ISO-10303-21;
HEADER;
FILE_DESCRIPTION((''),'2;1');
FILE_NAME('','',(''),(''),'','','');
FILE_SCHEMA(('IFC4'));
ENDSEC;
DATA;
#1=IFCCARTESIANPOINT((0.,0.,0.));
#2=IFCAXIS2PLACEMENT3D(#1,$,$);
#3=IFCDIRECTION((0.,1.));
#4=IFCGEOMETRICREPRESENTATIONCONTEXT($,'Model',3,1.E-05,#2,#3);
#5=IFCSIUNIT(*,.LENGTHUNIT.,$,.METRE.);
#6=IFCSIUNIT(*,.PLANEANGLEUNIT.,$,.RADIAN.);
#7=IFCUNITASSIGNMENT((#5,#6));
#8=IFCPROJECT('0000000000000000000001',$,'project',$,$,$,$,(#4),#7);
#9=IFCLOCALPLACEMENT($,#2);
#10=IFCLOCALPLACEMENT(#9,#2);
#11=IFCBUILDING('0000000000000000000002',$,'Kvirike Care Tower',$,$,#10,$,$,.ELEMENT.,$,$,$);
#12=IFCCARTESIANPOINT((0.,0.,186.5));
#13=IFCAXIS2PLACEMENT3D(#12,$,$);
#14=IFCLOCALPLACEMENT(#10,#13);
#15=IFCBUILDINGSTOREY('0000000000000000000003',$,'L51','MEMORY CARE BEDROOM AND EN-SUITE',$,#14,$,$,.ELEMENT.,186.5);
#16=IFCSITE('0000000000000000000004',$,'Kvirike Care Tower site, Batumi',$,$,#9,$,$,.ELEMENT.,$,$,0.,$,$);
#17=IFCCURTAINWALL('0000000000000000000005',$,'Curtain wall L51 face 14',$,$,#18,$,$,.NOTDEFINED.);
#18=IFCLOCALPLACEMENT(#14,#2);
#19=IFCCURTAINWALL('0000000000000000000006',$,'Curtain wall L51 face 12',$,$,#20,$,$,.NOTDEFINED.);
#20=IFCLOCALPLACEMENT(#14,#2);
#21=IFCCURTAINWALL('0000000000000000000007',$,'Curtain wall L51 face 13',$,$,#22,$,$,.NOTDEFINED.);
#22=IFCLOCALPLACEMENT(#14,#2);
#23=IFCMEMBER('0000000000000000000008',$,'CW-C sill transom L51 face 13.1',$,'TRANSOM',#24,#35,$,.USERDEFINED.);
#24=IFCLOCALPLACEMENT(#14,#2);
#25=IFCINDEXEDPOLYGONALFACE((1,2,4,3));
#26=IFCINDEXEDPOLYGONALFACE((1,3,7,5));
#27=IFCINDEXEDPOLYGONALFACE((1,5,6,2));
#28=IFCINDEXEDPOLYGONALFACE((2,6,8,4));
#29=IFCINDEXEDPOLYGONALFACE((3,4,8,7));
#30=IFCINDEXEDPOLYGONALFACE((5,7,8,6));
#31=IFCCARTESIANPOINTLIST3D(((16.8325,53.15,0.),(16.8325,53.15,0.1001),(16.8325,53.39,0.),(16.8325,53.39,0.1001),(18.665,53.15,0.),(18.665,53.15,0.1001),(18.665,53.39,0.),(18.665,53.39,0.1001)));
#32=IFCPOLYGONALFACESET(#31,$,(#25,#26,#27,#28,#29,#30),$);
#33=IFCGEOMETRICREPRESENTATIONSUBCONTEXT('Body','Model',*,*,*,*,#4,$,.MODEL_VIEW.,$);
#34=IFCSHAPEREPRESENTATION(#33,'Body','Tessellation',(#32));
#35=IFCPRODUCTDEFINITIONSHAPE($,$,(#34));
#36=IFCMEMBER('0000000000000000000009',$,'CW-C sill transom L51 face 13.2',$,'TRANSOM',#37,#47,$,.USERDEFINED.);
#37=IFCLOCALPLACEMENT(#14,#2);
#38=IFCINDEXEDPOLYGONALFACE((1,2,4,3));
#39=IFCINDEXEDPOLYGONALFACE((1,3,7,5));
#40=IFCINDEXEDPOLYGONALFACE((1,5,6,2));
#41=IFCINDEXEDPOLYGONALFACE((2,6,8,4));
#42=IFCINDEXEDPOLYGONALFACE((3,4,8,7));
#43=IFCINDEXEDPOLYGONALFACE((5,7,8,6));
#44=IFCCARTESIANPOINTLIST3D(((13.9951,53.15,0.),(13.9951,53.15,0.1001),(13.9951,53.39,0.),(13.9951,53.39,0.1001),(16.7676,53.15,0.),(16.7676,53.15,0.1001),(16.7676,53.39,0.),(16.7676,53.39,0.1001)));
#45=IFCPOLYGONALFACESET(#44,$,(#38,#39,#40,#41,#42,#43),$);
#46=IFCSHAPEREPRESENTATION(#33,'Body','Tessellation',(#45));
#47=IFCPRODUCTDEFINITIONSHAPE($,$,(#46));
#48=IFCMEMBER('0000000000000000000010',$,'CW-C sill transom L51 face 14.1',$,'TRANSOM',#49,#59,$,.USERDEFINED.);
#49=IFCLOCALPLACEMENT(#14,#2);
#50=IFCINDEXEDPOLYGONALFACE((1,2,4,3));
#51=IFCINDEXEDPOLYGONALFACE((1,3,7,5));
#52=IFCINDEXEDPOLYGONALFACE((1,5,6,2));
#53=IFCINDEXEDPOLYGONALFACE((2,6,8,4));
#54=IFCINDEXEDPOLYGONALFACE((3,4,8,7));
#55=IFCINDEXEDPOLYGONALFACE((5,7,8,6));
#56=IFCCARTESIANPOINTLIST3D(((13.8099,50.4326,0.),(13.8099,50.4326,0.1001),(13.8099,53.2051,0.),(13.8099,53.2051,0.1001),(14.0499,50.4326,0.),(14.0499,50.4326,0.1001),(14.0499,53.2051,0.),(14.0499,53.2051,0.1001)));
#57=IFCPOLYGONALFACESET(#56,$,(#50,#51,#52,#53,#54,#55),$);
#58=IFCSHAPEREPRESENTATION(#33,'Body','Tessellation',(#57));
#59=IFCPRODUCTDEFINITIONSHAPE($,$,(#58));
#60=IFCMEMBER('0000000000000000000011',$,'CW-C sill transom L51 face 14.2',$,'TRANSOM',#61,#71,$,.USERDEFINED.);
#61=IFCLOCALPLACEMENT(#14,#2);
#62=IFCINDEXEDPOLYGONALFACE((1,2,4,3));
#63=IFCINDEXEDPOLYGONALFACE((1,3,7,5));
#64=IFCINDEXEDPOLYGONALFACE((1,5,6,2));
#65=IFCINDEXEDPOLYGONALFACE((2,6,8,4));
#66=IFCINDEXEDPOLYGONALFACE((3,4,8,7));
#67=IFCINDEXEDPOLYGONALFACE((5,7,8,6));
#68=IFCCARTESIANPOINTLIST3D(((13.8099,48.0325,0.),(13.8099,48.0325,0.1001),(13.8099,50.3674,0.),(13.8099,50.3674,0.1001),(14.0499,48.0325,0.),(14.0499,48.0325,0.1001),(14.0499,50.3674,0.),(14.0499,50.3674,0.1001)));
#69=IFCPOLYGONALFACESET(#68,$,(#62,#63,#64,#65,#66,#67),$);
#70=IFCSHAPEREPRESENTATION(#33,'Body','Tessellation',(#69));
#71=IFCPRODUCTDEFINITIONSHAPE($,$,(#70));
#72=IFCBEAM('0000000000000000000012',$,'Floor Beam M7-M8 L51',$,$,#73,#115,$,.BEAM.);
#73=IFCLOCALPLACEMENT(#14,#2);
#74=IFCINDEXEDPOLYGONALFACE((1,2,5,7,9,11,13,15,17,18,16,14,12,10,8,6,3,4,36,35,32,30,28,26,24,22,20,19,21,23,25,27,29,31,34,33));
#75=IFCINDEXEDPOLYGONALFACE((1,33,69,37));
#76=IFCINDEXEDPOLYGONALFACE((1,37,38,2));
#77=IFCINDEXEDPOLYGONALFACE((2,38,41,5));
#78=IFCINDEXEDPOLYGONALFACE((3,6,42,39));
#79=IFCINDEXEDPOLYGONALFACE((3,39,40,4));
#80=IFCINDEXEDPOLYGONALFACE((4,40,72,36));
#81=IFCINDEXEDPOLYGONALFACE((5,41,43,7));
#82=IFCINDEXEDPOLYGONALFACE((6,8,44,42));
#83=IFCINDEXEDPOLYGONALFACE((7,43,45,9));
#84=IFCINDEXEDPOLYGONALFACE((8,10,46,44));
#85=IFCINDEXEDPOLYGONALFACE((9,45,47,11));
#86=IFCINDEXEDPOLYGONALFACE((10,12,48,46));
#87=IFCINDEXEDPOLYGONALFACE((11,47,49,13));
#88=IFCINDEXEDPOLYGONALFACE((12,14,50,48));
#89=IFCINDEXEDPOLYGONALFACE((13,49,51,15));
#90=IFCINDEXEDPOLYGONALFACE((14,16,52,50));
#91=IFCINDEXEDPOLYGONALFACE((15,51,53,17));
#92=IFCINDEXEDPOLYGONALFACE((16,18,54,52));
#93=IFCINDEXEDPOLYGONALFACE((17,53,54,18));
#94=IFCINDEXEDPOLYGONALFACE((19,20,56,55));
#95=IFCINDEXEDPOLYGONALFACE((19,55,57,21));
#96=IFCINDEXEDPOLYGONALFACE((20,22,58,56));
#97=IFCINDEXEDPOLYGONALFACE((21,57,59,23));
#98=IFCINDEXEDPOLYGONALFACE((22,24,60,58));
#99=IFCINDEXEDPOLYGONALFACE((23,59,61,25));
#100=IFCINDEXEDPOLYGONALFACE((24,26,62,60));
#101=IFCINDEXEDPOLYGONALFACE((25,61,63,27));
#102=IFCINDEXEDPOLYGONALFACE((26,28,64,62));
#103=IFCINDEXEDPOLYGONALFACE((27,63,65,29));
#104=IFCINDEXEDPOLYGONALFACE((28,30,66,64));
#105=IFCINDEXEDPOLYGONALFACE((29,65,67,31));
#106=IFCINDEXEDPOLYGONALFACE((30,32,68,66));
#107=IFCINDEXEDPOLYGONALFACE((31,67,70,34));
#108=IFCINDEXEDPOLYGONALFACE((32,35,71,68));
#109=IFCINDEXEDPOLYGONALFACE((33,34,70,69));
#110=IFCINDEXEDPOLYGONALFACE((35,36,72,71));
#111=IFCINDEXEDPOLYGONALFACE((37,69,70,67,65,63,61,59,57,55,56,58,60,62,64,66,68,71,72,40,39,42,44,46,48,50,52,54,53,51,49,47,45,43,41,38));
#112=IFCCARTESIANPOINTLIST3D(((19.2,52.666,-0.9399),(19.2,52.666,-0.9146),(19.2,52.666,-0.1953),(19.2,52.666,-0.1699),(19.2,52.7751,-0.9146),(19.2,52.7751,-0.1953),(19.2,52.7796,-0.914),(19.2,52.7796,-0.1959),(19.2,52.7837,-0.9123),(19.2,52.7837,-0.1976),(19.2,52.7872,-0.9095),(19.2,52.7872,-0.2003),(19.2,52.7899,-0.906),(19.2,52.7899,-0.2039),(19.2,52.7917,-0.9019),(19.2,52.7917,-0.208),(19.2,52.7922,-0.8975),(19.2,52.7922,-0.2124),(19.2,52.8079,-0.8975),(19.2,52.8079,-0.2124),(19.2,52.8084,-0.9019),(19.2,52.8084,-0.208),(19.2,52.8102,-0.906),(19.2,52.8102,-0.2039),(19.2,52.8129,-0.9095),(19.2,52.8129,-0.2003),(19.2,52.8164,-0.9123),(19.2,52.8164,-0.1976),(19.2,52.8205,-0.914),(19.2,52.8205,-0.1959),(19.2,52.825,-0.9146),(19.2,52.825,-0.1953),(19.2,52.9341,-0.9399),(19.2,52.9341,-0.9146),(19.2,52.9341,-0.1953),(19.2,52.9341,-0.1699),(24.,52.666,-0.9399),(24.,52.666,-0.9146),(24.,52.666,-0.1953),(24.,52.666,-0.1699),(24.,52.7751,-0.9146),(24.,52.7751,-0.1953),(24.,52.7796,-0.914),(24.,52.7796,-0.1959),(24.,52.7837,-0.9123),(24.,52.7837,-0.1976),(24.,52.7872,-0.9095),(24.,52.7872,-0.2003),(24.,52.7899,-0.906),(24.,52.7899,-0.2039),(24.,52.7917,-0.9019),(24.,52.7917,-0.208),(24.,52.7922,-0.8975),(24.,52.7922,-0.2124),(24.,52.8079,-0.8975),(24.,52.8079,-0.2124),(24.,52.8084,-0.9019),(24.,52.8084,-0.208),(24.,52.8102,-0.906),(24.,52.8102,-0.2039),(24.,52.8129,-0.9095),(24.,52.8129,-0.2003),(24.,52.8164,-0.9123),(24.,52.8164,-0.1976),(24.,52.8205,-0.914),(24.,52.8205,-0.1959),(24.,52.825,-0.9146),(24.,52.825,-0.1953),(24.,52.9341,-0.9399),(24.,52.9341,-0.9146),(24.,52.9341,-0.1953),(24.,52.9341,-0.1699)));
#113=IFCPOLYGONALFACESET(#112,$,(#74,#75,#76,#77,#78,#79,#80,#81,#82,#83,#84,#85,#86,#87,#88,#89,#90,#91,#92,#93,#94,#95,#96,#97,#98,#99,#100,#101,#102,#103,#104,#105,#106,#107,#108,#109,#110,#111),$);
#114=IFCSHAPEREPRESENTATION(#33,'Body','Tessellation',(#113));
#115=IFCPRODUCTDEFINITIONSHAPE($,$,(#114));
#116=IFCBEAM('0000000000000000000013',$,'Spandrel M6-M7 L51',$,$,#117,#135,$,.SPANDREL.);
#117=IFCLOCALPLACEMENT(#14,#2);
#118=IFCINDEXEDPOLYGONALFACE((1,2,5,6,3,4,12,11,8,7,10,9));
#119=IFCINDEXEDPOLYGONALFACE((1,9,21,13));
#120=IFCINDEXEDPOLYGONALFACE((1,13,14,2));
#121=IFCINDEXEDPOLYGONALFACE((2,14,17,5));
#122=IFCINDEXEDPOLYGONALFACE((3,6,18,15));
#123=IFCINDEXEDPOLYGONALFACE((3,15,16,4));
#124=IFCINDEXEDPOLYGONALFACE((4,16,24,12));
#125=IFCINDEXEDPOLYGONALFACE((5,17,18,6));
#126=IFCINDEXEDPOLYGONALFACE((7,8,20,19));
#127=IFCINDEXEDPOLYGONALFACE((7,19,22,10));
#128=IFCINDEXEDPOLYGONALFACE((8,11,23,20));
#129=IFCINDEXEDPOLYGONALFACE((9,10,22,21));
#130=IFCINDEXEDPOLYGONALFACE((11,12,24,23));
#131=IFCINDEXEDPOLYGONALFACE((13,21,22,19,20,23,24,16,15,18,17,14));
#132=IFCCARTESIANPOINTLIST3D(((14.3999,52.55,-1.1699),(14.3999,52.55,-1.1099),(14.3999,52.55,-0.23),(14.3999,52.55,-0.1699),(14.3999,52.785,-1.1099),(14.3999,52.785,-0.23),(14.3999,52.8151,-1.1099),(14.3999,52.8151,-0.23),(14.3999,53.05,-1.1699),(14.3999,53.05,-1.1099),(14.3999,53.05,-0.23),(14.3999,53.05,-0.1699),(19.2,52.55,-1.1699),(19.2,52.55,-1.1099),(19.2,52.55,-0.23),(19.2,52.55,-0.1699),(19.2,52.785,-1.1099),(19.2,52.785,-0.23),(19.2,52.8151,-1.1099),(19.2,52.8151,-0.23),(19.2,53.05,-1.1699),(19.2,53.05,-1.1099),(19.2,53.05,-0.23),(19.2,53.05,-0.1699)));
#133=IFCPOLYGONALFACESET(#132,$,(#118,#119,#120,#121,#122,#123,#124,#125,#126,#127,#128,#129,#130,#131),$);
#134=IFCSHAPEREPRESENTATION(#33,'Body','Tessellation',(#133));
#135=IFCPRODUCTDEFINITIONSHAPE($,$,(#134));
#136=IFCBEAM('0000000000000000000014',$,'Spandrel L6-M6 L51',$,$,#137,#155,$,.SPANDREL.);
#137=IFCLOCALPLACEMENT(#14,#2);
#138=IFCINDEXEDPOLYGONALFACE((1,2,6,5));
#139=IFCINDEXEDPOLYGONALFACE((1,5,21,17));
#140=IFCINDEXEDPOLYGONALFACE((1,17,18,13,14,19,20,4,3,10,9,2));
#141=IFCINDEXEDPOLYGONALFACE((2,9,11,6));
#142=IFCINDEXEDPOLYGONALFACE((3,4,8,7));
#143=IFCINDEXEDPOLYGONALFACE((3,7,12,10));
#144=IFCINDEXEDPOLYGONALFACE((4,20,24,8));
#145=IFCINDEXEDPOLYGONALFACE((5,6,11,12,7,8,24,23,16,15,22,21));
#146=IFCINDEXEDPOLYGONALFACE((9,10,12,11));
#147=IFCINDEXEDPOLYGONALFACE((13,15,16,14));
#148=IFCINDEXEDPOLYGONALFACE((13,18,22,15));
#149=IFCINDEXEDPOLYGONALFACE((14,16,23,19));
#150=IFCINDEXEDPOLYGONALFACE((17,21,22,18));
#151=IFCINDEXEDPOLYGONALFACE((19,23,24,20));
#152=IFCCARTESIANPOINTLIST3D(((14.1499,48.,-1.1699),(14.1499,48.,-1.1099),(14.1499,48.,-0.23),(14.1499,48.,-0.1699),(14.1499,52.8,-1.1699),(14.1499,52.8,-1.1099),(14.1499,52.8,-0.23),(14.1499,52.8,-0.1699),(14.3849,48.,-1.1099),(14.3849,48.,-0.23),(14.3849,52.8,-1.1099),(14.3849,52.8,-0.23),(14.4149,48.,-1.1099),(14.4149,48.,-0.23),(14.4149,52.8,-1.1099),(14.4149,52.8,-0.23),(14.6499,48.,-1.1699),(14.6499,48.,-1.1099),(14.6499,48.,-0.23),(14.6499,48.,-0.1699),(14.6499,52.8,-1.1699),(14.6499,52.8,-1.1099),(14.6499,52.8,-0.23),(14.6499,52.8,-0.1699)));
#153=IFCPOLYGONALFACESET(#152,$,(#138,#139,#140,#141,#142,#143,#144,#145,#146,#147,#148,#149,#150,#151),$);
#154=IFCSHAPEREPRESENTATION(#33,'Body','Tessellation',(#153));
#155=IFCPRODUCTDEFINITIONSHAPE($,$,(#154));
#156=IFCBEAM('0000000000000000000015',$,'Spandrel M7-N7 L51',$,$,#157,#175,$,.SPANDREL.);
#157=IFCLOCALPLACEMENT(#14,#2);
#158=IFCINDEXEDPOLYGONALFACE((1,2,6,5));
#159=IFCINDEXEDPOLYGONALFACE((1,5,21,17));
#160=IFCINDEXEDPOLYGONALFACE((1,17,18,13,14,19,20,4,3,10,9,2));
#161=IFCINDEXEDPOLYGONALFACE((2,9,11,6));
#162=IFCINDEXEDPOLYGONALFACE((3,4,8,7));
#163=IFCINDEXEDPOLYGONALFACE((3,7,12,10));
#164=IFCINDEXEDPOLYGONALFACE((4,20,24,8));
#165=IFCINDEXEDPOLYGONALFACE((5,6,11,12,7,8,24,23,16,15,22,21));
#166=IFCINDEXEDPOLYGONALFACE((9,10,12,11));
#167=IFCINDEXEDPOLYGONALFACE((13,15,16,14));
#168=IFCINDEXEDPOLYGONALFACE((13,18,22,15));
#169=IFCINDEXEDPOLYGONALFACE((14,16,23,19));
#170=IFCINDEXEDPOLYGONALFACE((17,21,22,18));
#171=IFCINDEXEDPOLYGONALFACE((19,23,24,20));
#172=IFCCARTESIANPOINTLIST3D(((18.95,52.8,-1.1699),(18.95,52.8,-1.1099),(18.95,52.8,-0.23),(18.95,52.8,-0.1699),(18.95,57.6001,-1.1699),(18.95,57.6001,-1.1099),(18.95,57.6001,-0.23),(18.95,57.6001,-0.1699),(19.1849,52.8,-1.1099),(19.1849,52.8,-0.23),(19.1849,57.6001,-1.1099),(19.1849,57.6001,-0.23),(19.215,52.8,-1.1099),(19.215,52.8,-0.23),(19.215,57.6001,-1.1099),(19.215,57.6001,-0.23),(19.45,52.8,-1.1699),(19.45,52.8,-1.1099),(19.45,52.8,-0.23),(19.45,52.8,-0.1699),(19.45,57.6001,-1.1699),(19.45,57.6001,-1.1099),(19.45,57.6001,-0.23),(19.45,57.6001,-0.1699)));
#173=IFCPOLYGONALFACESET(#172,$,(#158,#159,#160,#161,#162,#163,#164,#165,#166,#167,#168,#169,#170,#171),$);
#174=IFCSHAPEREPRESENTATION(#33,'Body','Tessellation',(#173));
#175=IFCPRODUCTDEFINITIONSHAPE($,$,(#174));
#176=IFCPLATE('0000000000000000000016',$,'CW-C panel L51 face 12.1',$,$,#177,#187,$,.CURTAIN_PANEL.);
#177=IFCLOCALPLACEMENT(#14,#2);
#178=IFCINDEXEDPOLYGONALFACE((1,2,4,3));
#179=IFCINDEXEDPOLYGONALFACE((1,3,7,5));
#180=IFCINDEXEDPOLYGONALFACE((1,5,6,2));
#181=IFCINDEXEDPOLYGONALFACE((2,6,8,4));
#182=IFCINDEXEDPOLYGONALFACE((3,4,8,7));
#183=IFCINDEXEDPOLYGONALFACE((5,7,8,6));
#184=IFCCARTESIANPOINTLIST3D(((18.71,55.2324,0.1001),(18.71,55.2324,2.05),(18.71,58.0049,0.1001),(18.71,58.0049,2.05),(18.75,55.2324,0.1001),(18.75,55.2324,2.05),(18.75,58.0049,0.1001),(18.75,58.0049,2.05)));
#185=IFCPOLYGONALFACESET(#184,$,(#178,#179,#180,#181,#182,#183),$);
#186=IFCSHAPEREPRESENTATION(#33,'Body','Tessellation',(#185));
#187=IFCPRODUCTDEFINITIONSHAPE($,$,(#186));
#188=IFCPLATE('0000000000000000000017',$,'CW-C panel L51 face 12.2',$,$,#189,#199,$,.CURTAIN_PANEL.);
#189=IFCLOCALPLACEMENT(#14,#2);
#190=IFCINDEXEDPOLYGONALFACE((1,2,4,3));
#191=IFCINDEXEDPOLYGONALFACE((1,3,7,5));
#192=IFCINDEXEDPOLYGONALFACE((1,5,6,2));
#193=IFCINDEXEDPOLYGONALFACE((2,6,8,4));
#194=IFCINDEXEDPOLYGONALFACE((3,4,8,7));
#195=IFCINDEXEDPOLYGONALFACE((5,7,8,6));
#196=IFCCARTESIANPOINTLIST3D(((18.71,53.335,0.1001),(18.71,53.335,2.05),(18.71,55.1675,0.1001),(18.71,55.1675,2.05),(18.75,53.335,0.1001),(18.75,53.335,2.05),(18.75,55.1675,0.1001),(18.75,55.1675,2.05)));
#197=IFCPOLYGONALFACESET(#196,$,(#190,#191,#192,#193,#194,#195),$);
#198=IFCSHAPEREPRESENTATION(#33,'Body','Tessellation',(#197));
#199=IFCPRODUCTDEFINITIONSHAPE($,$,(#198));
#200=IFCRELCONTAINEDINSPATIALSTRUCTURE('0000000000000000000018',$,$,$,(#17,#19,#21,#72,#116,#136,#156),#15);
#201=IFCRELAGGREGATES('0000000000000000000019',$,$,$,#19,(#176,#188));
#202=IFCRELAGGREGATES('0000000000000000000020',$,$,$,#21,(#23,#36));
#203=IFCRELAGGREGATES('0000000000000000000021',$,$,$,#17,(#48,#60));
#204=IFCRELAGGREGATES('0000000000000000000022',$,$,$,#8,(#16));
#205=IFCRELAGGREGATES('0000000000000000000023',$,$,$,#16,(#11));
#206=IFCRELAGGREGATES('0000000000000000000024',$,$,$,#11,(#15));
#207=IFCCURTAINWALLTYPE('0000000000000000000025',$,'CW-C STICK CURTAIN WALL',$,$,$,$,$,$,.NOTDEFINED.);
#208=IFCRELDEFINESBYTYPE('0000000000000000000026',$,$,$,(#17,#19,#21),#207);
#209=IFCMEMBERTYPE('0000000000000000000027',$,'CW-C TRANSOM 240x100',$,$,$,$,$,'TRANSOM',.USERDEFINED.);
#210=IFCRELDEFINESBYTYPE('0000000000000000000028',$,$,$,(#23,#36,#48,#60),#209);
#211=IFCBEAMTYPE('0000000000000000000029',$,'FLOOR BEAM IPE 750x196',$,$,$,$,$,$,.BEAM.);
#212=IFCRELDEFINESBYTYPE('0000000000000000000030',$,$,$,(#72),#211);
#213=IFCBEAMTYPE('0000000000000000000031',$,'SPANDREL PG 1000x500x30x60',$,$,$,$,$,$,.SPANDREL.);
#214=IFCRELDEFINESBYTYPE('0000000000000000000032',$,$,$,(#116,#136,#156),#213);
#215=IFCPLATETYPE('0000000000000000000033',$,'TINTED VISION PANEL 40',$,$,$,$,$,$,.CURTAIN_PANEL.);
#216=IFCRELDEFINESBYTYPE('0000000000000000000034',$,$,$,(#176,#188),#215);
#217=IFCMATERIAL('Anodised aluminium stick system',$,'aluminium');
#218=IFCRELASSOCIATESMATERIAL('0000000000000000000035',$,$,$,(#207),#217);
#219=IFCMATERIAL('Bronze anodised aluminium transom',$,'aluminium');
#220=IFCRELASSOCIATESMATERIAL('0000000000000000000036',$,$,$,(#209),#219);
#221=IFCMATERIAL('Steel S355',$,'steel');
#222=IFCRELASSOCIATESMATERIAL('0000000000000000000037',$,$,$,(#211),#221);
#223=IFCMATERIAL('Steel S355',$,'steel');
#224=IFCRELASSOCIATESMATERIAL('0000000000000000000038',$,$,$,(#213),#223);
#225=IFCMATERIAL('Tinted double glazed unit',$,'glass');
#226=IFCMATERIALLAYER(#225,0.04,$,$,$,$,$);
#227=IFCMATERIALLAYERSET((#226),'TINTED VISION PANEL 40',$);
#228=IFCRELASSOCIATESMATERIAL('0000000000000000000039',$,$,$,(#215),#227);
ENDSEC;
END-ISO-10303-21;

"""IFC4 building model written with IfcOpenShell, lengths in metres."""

from ifc_helpers import new_model, si_unit, direction, frame, origin, origin_2d, place, context, subcontext, project, spatial, rectangle, i_section, extrude, material, layer, layer_set, material_profile, profile_set, type_object, element, aggregate, save


model = new_model("IFC4")

# Units and contexts
model_context = context("Model", 3, precision=1e-05, world=origin(), true_north=direction((0.0, 1.0)))
body_context = subcontext(model_context, "Body", "Model", "MODEL_VIEW")
ifc_project = project(units=[si_unit("LENGTHUNIT", "METRE"), si_unit("PLANEANGLEUNIT", "RADIAN")], contexts=[model_context])

# Site, building, storey
site_placement = place(None, origin())
site = spatial("IfcSite", under=ifc_project, at=site_placement, Name="Kvirike Care Tower site, Batumi", CompositionType="ELEMENT", RefElevation=0.0)
building_placement = place(site_placement, origin())
building = spatial("IfcBuilding", under=site, at=building_placement, Name="Kvirike Care Tower", CompositionType="ELEMENT")
storey_placement = place(building_placement, frame((0.0, 0.0, 186.5)))
storey = spatial("IfcBuildingStorey", under=building, at=storey_placement, Name="L51", Description="MEMORY CARE BEDROOM AND EN-SUITE", CompositionType="ELEMENT", Elevation=186.5)

# Curtain wall
ifc_material_1 = material(Name="Anodised aluminium stick system", Category="aluminium")
curtain_wall_type = type_object("IfcCurtainWallType", Name="CW-C STICK CURTAIN WALL", PredefinedType="NOTDEFINED", material=ifc_material_1)
curtain_wall_1_placement = place(storey_placement, origin())
curtain_wall_1 = element("IfcCurtainWall", 1, at=curtain_wall_1_placement, inside=storey, type_object=curtain_wall_type, Name="Curtain wall L51 face 14", PredefinedType="NOTDEFINED")

# Curtain walls
curtain_wall_2_placement = place(storey_placement, origin())
curtain_wall_2 = element("IfcCurtainWall", 2, at=curtain_wall_2_placement, inside=storey, type_object=curtain_wall_type, Name="Curtain wall L51 face 12", PredefinedType="NOTDEFINED")
curtain_wall_3_placement = place(storey_placement, origin())
curtain_wall_3 = element("IfcCurtainWall", 3, at=curtain_wall_3_placement, inside=storey, type_object=curtain_wall_type, Name="Curtain wall L51 face 13", PredefinedType="NOTDEFINED")

# Members
ifc_material_2 = material(Name="Bronze anodised aluminium transom", Category="aluminium")
ifc_material_profile_1 = material_profile(ifc_material_2, rectangle(XDim=0.24, YDim=0.1001, at=origin_2d()), Name="CW-C TRANSOM 240x100")
ifc_profile_set_1 = profile_set([ifc_material_profile_1], Name="Bronze anodised aluminium transom")
member_type_1 = type_object("IfcMemberType", Name="CW-C TRANSOM 240x100", ElementType="TRANSOM", PredefinedType="USERDEFINED", material=ifc_profile_set_1)
member_1_placement = place(storey_placement, frame((18.665, 53.27, 0.05), z_axis=(-1.0, 0.0, 0.0), x_axis=(0.0, -1.0, 0.0)))
member_1 = element("IfcMember", 4, at=member_1_placement, type_object=member_type_1, Name="CW-C sill transom L51 face 13.1", ObjectType="TRANSOM", PredefinedType="USERDEFINED", context=body_context, shape_type="SweptSolid", body=[
    extrude(rectangle(XDim=0.24, YDim=0.1001, at=origin_2d()), origin(), (0.0, 0.0, 1.0), 1.8325),
])
member_2_placement = place(storey_placement, frame((16.7676, 53.27, 0.05), z_axis=(-1.0, 0.0, 0.0), x_axis=(0.0, -1.0, 0.0)))
member_2 = element("IfcMember", 5, at=member_2_placement, type_object=member_type_1, Name="CW-C sill transom L51 face 13.2", ObjectType="TRANSOM", PredefinedType="USERDEFINED", context=body_context, shape_type="SweptSolid", body=[
    extrude(rectangle(XDim=0.24, YDim=0.1001, at=origin_2d()), origin(), (0.0, 0.0, 1.0), 2.7725),
])
member_3_placement = place(storey_placement, frame((13.9299, 53.2051, 0.05), z_axis=(0.0, -1.0, 0.0), x_axis=(1.0, 0.0, 0.0)))
member_3 = element("IfcMember", 6, at=member_3_placement, type_object=member_type_1, Name="CW-C sill transom L51 face 14.1", ObjectType="TRANSOM", PredefinedType="USERDEFINED", context=body_context, shape_type="SweptSolid", body=[
    extrude(rectangle(XDim=0.24, YDim=0.1001, at=origin_2d()), origin(), (0.0, 0.0, 1.0), 2.7725),
])
member_4_placement = place(storey_placement, frame((13.9299, 50.3674, 0.05), z_axis=(0.0, -1.0, 0.0), x_axis=(1.0, 0.0, 0.0)))
member_4 = element("IfcMember", 7, at=member_4_placement, type_object=member_type_1, Name="CW-C sill transom L51 face 14.2", ObjectType="TRANSOM", PredefinedType="USERDEFINED", context=body_context, shape_type="SweptSolid", body=[
    extrude(rectangle(XDim=0.24, YDim=0.1001, at=origin_2d()), origin(), (0.0, 0.0, 1.0), 2.335),
])

# Beams
ifc_material_3 = material(Name="Steel S355", Category="steel")
ifc_material_profile_2 = material_profile(ifc_material_3, i_section(OverallWidth=0.2681, OverallDepth=0.77, WebThickness=0.0156, FlangeThickness=0.0254, FilletRadius=0.0171, at=origin_2d()), Name="IPE 750x196")
ifc_profile_set_2 = profile_set([ifc_material_profile_2], Name="Steel S355")
beam_type_1 = type_object("IfcBeamType", Name="FLOOR BEAM IPE 750x196", PredefinedType="BEAM", material=ifc_profile_set_2)
beam_placement = place(storey_placement, frame((19.2, 52.8, -0.5549), z_axis=(1.0, 0.0, 0.0), x_axis=(0.0, 1.0, 0.0)))
element("IfcBeam", 8, at=beam_placement, inside=storey, type_object=beam_type_1, Name="Floor Beam M7-M8 L51", PredefinedType="BEAM", context=body_context, shape_type="SweptSolid", body=[
    extrude(i_section(OverallWidth=0.2681, OverallDepth=0.77, WebThickness=0.0156, FlangeThickness=0.0254, FilletRadius=0.0171, at=origin_2d()), origin(), (0.0, 0.0, 1.0), 4.8),
])
ifc_material_4 = material(Name="Steel S355", Category="steel")
ifc_material_profile_3 = material_profile(ifc_material_4, i_section(OverallWidth=0.5, OverallDepth=1.0, WebThickness=0.03, FlangeThickness=0.0601, at=origin_2d()), Name="PG 1000x500x30x60")
ifc_profile_set_3 = profile_set([ifc_material_profile_3], Name="Steel S355")
beam_type_2 = type_object("IfcBeamType", Name="SPANDREL PG 1000x500x30x60", PredefinedType="SPANDREL", material=ifc_profile_set_3)
for number, where, z_axis, x_axis, name in (
    (9, (14.3999, 52.8, -0.6699), (1.0, 0.0, 0.0), (0.0, 1.0, 0.0), "Spandrel M6-M7 L51"),
    (10, (14.3999, 48.0, -0.6699), (0.0, 1.0, 0.0), (-1.0, 0.0, 0.0), "Spandrel L6-M6 L51"),
    (11, (19.2, 52.8, -0.6699), (0.0, 1.0, 0.0), (-1.0, 0.0, 0.0), "Spandrel M7-N7 L51"),
):
    element("IfcBeam", number, at=place(storey_placement, frame(where, z_axis=z_axis, x_axis=x_axis)), inside=storey, type_object=beam_type_2, Name=name, PredefinedType="SPANDREL", context=body_context, shape_type="SweptSolid", body=[
        extrude(i_section(OverallWidth=0.5, OverallDepth=1.0, WebThickness=0.03, FlangeThickness=0.0601, at=origin_2d()), origin(), (0.0, 0.0, 1.0), 4.8),
    ])

# Plates
ifc_material_5 = material(Name="Tinted double glazed unit", Category="glass")
ifc_layer_1 = layer(ifc_material_5, 0.04)
ifc_layer_set_1 = layer_set([ifc_layer_1], Name="TINTED VISION PANEL 40")
plate_type = type_object("IfcPlateType", Name="TINTED VISION PANEL 40", PredefinedType="CURTAIN_PANEL", material=ifc_layer_set_1)
plate_1_placement = place(storey_placement, frame((18.73, 56.6187, 0.1001), z_axis=(0.0, 0.0, 1.0), x_axis=(0.0, -1.0, 0.0)))
plate_1 = element("IfcPlate", 12, at=plate_1_placement, type_object=plate_type, Name="CW-C panel L51 face 12.1", PredefinedType="CURTAIN_PANEL", context=body_context, shape_type="SweptSolid", body=[
    extrude(rectangle(XDim=2.7725, YDim=0.04, at=origin_2d()), origin(), (0.0, 0.0, 1.0), 1.95),
])
plate_2_placement = place(storey_placement, frame((18.73, 54.2512, 0.1001), z_axis=(0.0, 0.0, 1.0), x_axis=(0.0, -1.0, 0.0)))
plate_2 = element("IfcPlate", 13, at=plate_2_placement, type_object=plate_type, Name="CW-C panel L51 face 12.2", PredefinedType="CURTAIN_PANEL", context=body_context, shape_type="SweptSolid", body=[
    extrude(rectangle(XDim=1.8325, YDim=0.04, at=origin_2d()), origin(), (0.0, 0.0, 1.0), 1.95),
])
aggregate(curtain_wall_2, [plate_1, plate_2])
aggregate(curtain_wall_3, [member_1, member_2])
aggregate(curtain_wall_1, [member_3, member_4])

save(model, "model.ifc")
